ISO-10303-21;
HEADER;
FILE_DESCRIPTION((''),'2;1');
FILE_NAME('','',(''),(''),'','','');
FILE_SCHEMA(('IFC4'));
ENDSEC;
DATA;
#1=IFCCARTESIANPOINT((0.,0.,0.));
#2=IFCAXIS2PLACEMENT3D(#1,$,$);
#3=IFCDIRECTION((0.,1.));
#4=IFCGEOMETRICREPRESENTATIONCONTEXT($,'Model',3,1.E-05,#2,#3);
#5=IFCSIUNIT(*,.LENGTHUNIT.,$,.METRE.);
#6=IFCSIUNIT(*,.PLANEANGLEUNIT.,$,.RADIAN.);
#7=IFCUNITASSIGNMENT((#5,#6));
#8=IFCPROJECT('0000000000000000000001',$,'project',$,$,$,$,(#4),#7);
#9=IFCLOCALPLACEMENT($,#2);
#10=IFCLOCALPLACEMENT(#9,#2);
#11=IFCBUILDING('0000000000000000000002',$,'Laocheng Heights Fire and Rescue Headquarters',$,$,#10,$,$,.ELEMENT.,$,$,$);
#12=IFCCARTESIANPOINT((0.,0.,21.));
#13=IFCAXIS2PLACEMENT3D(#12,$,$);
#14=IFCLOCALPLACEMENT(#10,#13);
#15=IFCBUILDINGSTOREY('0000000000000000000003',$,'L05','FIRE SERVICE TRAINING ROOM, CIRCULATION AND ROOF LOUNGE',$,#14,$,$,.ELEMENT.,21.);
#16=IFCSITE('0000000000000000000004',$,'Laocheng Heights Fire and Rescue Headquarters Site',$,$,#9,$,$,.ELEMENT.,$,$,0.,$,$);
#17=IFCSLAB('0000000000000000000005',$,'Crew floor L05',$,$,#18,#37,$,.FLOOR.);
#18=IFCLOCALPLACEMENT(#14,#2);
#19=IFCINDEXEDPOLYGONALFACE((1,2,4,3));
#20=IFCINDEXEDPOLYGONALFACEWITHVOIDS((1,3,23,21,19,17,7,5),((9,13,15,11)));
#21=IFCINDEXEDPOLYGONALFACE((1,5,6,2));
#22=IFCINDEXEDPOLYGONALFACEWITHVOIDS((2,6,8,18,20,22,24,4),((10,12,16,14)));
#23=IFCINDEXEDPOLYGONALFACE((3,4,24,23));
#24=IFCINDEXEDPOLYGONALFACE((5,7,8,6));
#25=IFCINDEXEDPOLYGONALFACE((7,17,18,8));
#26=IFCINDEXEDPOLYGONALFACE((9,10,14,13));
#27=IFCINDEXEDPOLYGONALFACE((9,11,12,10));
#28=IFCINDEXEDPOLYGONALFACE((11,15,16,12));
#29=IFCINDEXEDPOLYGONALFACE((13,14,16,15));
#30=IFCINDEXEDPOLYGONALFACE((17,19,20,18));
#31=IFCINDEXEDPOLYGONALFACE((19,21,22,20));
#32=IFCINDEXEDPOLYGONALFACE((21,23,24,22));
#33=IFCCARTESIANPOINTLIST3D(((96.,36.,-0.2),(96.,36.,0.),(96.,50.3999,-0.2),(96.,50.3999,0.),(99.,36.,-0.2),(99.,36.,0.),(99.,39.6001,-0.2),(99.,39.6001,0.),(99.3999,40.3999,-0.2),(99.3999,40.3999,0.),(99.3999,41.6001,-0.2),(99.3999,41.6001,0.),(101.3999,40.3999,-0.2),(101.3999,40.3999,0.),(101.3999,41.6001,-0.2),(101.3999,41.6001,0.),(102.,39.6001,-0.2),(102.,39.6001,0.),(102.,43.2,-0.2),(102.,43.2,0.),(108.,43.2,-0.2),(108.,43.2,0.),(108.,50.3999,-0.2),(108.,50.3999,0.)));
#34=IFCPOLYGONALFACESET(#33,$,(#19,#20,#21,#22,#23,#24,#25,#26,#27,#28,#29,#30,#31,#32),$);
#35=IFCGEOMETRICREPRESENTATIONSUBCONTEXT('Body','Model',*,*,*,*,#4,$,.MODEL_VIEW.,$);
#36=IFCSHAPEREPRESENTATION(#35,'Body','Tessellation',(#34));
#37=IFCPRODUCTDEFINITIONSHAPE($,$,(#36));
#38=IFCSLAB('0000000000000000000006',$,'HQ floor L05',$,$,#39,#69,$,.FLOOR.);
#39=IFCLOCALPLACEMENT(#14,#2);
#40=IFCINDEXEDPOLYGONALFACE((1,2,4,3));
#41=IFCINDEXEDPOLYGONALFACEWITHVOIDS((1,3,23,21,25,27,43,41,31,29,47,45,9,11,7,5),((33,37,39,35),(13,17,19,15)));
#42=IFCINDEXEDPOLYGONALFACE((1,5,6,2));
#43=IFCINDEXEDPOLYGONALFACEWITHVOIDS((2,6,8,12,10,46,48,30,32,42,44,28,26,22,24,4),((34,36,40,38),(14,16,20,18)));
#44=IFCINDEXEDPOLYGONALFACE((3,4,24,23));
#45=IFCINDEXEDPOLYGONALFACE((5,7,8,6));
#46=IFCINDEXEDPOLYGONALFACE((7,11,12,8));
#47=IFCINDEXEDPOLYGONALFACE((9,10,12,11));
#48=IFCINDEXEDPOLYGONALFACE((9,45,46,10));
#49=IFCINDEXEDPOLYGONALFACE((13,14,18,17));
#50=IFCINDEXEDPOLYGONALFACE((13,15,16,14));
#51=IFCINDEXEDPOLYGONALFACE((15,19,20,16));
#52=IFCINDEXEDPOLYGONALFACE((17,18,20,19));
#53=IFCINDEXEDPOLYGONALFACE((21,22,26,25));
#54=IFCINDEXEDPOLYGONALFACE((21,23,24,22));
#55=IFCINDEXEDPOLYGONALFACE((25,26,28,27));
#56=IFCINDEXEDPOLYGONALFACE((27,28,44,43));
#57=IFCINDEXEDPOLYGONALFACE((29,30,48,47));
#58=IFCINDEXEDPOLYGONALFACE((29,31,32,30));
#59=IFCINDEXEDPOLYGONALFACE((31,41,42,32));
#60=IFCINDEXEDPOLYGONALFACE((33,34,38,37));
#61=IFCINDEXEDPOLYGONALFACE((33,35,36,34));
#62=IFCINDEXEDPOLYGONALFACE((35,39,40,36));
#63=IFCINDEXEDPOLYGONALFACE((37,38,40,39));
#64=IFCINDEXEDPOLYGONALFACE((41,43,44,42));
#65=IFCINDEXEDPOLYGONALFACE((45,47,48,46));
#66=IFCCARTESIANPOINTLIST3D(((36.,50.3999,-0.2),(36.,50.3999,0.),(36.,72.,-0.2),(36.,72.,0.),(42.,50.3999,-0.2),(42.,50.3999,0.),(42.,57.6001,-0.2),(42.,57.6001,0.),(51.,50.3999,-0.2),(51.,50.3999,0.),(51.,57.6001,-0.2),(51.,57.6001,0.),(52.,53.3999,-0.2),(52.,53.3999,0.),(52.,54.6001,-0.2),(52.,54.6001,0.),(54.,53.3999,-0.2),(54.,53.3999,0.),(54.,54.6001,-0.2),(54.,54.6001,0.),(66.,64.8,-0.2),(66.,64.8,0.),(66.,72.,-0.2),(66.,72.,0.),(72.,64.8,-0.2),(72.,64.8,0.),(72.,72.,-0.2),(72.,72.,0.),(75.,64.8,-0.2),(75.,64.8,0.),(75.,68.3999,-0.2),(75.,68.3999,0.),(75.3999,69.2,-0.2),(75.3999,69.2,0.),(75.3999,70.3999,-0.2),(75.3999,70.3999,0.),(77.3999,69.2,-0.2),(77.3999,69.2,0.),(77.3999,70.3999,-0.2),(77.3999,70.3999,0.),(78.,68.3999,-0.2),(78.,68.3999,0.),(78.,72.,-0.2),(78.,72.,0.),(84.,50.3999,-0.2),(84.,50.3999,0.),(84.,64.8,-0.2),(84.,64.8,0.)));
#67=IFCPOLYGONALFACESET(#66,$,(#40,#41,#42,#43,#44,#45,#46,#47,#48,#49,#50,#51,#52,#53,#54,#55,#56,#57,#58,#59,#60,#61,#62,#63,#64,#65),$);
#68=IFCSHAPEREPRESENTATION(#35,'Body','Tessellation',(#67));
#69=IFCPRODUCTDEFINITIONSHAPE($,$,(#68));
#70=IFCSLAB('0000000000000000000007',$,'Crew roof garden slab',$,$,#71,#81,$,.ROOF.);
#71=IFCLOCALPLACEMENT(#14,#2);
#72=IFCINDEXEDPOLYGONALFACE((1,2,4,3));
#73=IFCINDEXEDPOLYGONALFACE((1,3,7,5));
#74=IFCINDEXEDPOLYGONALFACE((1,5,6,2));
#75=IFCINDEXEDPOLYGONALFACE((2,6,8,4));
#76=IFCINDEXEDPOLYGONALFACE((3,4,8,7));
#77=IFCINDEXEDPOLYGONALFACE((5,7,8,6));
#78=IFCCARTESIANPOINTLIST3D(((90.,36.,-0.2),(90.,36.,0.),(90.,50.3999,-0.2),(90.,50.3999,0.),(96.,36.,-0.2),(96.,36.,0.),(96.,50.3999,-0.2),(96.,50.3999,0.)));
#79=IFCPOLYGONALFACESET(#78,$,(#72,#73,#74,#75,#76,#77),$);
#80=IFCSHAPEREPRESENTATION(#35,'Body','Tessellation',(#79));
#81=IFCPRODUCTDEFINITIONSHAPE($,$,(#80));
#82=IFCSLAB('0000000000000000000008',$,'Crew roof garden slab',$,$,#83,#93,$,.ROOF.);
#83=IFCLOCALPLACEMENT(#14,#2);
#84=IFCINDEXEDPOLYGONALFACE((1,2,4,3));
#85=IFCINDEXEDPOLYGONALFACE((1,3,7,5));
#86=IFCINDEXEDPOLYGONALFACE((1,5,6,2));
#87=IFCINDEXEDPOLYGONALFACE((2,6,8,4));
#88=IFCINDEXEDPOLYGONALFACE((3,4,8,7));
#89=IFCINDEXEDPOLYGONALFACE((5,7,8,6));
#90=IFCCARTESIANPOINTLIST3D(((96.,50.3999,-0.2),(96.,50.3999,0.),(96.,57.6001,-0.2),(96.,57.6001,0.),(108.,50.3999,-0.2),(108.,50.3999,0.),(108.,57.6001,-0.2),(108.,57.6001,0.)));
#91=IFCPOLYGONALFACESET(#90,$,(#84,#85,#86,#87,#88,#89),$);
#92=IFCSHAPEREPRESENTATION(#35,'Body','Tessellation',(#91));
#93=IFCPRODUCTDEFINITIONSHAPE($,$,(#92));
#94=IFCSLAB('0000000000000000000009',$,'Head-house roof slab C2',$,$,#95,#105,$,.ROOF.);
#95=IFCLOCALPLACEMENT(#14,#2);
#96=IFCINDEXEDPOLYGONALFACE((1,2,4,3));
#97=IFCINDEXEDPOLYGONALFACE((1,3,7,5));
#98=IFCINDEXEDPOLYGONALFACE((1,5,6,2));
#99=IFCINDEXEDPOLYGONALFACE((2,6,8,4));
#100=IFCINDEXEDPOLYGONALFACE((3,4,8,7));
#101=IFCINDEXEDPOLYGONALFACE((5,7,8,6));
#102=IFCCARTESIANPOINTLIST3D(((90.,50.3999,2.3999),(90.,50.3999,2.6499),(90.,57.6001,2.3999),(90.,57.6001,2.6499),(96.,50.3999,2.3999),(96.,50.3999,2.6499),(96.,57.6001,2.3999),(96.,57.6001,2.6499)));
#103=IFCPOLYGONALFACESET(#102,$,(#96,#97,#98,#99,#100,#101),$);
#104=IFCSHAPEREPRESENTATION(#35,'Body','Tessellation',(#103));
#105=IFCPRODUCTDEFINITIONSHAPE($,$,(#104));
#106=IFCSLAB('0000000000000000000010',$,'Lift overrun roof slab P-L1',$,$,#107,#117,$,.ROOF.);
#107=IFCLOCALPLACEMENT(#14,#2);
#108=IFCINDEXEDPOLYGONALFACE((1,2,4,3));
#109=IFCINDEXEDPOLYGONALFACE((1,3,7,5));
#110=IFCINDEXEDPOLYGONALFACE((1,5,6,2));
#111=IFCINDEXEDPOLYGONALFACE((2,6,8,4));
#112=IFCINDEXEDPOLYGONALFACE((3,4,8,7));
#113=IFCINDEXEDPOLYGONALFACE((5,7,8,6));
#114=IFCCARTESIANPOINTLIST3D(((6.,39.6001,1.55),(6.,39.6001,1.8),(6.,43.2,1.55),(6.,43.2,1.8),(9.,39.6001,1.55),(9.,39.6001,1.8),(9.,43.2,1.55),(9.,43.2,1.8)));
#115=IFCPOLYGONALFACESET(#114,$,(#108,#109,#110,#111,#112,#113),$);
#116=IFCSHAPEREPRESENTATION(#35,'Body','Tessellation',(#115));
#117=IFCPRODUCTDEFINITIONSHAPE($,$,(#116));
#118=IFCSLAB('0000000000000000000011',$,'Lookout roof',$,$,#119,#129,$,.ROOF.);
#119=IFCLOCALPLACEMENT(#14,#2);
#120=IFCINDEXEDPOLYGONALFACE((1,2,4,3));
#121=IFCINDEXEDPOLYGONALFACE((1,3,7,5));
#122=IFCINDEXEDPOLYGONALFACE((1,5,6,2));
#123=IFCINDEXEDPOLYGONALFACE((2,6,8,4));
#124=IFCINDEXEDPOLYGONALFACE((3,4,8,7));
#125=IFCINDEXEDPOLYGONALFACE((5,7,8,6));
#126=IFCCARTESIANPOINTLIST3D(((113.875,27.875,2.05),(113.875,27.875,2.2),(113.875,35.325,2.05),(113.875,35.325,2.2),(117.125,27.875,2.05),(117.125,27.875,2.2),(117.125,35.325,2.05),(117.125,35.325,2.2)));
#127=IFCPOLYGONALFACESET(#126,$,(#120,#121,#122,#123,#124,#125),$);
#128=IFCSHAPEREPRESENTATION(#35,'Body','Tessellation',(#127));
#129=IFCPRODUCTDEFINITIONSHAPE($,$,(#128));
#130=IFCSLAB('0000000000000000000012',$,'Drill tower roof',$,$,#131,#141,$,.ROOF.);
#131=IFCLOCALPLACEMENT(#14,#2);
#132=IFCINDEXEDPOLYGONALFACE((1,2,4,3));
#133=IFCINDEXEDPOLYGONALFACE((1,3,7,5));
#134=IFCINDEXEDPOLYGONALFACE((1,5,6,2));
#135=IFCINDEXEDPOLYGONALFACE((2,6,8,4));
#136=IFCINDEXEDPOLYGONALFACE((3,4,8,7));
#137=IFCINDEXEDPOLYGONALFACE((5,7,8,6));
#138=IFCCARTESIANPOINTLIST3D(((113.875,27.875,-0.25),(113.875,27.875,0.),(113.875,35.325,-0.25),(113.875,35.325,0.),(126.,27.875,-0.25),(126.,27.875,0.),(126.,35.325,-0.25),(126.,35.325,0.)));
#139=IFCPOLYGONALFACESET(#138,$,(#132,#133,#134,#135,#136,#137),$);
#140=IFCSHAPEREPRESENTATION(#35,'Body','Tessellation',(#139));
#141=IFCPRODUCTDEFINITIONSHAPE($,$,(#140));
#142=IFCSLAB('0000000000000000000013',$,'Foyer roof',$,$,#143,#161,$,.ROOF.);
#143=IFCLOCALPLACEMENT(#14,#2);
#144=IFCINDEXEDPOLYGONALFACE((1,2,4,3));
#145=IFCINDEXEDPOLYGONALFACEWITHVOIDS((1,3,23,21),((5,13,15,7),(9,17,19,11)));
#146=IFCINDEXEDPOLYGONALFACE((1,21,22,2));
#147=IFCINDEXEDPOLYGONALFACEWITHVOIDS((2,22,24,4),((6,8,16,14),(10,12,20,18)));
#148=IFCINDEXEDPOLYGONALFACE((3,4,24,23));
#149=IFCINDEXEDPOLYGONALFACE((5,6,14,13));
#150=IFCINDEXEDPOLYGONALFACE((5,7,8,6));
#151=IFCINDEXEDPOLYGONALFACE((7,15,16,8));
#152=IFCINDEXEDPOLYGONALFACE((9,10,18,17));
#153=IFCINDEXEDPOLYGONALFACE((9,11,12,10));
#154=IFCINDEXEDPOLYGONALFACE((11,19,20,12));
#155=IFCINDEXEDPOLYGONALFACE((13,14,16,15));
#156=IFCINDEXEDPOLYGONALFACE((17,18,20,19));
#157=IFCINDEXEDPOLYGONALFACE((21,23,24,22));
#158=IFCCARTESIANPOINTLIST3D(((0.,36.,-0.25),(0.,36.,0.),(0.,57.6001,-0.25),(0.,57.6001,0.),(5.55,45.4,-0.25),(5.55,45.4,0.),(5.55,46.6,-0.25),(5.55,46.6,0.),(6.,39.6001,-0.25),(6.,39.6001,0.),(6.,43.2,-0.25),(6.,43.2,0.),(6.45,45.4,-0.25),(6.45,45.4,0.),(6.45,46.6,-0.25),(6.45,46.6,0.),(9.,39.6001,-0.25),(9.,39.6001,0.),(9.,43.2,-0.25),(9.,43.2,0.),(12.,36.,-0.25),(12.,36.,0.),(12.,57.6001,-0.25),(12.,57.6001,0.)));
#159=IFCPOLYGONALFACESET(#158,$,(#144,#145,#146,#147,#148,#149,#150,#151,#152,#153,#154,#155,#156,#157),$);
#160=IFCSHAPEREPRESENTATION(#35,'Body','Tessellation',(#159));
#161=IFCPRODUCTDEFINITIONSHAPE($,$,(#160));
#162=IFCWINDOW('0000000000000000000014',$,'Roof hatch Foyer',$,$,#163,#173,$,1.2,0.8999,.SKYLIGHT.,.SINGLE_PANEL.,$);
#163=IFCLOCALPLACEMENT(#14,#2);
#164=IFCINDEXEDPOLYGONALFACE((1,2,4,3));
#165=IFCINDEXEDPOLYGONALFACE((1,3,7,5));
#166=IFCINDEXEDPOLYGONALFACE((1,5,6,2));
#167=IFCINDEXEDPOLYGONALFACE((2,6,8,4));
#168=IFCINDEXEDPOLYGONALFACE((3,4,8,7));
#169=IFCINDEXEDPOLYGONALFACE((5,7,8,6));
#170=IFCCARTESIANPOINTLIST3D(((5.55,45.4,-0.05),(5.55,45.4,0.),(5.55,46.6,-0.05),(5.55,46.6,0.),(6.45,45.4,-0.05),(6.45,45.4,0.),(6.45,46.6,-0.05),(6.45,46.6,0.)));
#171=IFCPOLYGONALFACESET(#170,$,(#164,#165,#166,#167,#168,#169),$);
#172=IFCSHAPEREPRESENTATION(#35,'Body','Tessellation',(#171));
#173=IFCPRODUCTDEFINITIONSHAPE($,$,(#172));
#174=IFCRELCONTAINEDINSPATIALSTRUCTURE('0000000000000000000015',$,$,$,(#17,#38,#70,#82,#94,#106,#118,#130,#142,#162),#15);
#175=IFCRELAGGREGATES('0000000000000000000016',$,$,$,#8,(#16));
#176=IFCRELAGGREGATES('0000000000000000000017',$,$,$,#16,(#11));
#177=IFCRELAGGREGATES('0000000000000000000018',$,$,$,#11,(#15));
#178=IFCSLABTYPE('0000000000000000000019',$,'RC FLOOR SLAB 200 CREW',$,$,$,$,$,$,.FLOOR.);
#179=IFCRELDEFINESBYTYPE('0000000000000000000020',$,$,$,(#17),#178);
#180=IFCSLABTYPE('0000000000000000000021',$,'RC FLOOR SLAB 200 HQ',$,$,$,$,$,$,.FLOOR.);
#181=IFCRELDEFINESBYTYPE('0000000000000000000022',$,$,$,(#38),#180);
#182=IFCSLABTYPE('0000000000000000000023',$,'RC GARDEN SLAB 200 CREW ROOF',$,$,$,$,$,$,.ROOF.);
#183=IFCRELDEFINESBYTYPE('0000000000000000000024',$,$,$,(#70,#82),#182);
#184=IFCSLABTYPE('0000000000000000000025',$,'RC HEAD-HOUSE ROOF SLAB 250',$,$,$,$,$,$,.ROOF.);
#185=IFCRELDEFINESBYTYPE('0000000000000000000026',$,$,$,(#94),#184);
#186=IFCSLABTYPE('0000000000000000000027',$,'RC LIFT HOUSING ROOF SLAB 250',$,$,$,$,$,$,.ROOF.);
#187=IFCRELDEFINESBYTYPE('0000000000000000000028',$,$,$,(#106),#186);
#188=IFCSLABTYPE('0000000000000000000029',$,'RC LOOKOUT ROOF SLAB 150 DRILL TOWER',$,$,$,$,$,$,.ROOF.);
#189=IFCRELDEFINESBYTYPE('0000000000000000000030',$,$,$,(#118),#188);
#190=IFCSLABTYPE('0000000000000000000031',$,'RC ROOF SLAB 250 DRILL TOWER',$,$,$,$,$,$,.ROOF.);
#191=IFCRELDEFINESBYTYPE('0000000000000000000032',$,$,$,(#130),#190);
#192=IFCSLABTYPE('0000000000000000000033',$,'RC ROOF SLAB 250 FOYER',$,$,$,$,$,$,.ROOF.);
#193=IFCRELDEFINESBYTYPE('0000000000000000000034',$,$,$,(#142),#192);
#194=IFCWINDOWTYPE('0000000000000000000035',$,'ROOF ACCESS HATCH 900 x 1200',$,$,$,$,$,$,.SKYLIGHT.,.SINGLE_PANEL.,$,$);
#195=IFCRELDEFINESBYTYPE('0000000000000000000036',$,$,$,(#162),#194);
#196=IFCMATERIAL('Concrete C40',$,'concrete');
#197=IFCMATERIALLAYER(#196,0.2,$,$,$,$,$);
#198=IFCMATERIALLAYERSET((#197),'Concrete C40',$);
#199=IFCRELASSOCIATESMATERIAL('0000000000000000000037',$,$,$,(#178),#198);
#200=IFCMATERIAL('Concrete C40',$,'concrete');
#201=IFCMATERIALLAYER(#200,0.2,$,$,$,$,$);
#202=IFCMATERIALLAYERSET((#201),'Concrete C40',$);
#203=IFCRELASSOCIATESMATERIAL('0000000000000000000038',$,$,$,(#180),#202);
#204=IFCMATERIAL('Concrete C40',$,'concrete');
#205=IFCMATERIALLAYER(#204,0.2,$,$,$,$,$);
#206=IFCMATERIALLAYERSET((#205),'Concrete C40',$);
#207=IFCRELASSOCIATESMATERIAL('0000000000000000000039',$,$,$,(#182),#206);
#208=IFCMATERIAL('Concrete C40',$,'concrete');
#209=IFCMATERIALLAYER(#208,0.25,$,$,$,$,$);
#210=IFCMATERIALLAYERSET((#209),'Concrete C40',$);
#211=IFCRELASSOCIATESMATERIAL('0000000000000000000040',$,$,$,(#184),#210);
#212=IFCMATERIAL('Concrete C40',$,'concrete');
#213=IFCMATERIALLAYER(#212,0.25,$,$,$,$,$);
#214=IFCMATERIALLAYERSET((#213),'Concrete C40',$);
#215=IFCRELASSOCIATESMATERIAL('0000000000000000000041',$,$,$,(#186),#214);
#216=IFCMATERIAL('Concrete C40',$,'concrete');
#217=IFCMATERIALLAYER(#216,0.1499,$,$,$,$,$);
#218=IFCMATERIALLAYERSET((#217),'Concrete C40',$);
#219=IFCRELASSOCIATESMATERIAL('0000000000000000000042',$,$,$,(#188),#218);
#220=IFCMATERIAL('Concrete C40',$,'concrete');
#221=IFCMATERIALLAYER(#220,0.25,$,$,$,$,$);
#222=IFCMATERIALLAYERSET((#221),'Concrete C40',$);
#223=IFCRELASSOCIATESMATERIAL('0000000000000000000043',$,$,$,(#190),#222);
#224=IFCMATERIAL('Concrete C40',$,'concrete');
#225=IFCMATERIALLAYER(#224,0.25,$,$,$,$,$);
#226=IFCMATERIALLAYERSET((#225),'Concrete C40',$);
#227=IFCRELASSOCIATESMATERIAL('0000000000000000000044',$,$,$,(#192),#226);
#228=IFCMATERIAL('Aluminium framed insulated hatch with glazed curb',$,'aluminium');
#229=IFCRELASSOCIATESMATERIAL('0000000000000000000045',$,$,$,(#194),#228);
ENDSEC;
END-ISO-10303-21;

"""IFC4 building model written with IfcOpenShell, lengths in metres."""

from ifc_helpers import new_model, si_unit, direction, frame, origin, origin_2d, place, context, subcontext, project, spatial, polyline, rectangle, outline, extrude, material, layer, layer_set, type_object, element, fill, save


model = new_model("IFC4")

# Units and contexts
model_context = context("Model", 3, precision=1e-05, world=origin(), true_north=direction((0.0, 1.0)))
body_context = subcontext(model_context, "Body", "Model", "MODEL_VIEW")
ifc_project = project(units=[si_unit("LENGTHUNIT", "METRE"), si_unit("PLANEANGLEUNIT", "RADIAN")], contexts=[model_context])

# Site, building, storey
site_placement = place(None, origin())
site = spatial("IfcSite", under=ifc_project, at=site_placement, Name="Laocheng Heights Fire and Rescue Headquarters Site", CompositionType="ELEMENT", RefElevation=0.0)
building_placement = place(site_placement, origin())
building = spatial("IfcBuilding", under=site, at=building_placement, Name="Laocheng Heights Fire and Rescue Headquarters", CompositionType="ELEMENT")
storey_placement = place(building_placement, frame((0.0, 0.0, 21.0)))
storey = spatial("IfcBuildingStorey", under=building, at=storey_placement, Name="L05", Description="FIRE SERVICE TRAINING ROOM, CIRCULATION AND ROOF LOUNGE", CompositionType="ELEMENT", Elevation=21.0)

# Slabs
ifc_material_1 = material(Name="Concrete C40", Category="concrete")
ifc_layer_1 = layer(ifc_material_1, 0.2)
ifc_layer_set_1 = layer_set([ifc_layer_1], Name="Concrete C40")
slab_type_1 = type_object("IfcSlabType", Name="RC FLOOR SLAB 200 CREW", PredefinedType="FLOOR", material=ifc_layer_set_1)
slab_1_placement = place(storey_placement, frame((0.0, 0.0, -0.2)))
element("IfcSlab", 1, at=slab_1_placement, inside=storey, type_object=slab_type_1, Name="Crew floor L05", PredefinedType="FLOOR", context=body_context, shape_type="SweptSolid", body=[
    extrude(outline(polyline([(108.0, 50.3999), (96.0, 50.3999), (96.0, 36.0), (99.0, 36.0), (99.0, 39.6001), (102.0, 39.6001), (102.0, 43.2), (108.0, 43.2), (108.0, 50.3999)]), holes=[polyline([(101.3999, 41.6001), (101.3999, 40.3999), (99.3999, 40.3999), (99.3999, 41.6001), (101.3999, 41.6001)])]), origin(), (0.0, 0.0, 1.0), 0.2),
])
ifc_material_2 = material(Name="Concrete C40", Category="concrete")
ifc_layer_2 = layer(ifc_material_2, 0.2)
ifc_layer_set_2 = layer_set([ifc_layer_2], Name="Concrete C40")
slab_type_2 = type_object("IfcSlabType", Name="RC FLOOR SLAB 200 HQ", PredefinedType="FLOOR", material=ifc_layer_set_2)
slab_2_placement = place(storey_placement, frame((0.0, 0.0, -0.2)))
element("IfcSlab", 2, at=slab_2_placement, inside=storey, type_object=slab_type_2, Name="HQ floor L05", PredefinedType="FLOOR", context=body_context, shape_type="SweptSolid", body=[
    extrude(outline(polyline([(84.0, 50.3999), (84.0, 64.8), (75.0, 64.8), (75.0, 68.3999), (78.0, 68.3999), (78.0, 72.0), (72.0, 72.0), (72.0, 64.8), (66.0, 64.8), (66.0, 72.0), (36.0, 72.0), (36.0, 50.3999), (42.0, 50.3999), (42.0, 57.6001), (51.0, 57.6001), (51.0, 50.3999), (84.0, 50.3999)]), holes=[polyline([(54.0, 54.6001), (54.0, 53.3999), (52.0, 53.3999), (52.0, 54.6001), (54.0, 54.6001)]), polyline([(77.3999, 70.3999), (77.3999, 69.2), (75.3999, 69.2), (75.3999, 70.3999), (77.3999, 70.3999)])]), origin(), (0.0, 0.0, 1.0), 0.2),
])
ifc_material_3 = material(Name="Concrete C40", Category="concrete")
ifc_layer_3 = layer(ifc_material_3, 0.2)
ifc_layer_set_3 = layer_set([ifc_layer_3], Name="Concrete C40")
slab_type_3 = type_object("IfcSlabType", Name="RC GARDEN SLAB 200 CREW ROOF", PredefinedType="ROOF", material=ifc_layer_set_3)
slab_3_placement = place(storey_placement, frame((0.0, 0.0, -0.2)))
element("IfcSlab", 3, at=slab_3_placement, inside=storey, type_object=slab_type_3, Name="Crew roof garden slab", PredefinedType="ROOF", context=body_context, shape_type="SweptSolid", body=[
    extrude(outline(polyline([(90.0, 36.0), (96.0, 36.0), (96.0, 50.3999), (90.0, 50.3999), (90.0, 36.0)])), origin(), (0.0, 0.0, 1.0), 0.2),
])
slab_4_placement = place(storey_placement, frame((0.0, 0.0, -0.2)))
element("IfcSlab", 4, at=slab_4_placement, inside=storey, type_object=slab_type_3, Name="Crew roof garden slab", PredefinedType="ROOF", context=body_context, shape_type="SweptSolid", body=[
    extrude(outline(polyline([(108.0, 57.6001), (96.0, 57.6001), (96.0, 50.3999), (108.0, 50.3999), (108.0, 57.6001)])), origin(), (0.0, 0.0, 1.0), 0.2),
])
ifc_material_4 = material(Name="Concrete C40", Category="concrete")
ifc_layer_4 = layer(ifc_material_4, 0.25)
ifc_layer_set_4 = layer_set([ifc_layer_4], Name="Concrete C40")
slab_type_4 = type_object("IfcSlabType", Name="RC HEAD-HOUSE ROOF SLAB 250", PredefinedType="ROOF", material=ifc_layer_set_4)
slab_5_placement = place(storey_placement, frame((0.0, 0.0, 2.3999)))
element("IfcSlab", 5, at=slab_5_placement, inside=storey, type_object=slab_type_4, Name="Head-house roof slab C2", PredefinedType="ROOF", context=body_context, shape_type="SweptSolid", body=[
    extrude(outline(polyline([(90.0, 50.3999), (96.0, 50.3999), (96.0, 57.6001), (90.0, 57.6001), (90.0, 50.3999)])), origin(), (0.0, 0.0, 1.0), 0.25),
])
ifc_material_5 = material(Name="Concrete C40", Category="concrete")
ifc_layer_5 = layer(ifc_material_5, 0.25)
ifc_layer_set_5 = layer_set([ifc_layer_5], Name="Concrete C40")
slab_type_5 = type_object("IfcSlabType", Name="RC LIFT HOUSING ROOF SLAB 250", PredefinedType="ROOF", material=ifc_layer_set_5)
slab_6_placement = place(storey_placement, frame((0.0, 0.0, 1.55)))
element("IfcSlab", 6, at=slab_6_placement, inside=storey, type_object=slab_type_5, Name="Lift overrun roof slab P-L1", PredefinedType="ROOF", context=body_context, shape_type="SweptSolid", body=[
    extrude(outline(polyline([(6.0, 39.6001), (9.0, 39.6001), (9.0, 43.2), (6.0, 43.2), (6.0, 39.6001)])), origin(), (0.0, 0.0, 1.0), 0.25),
])
ifc_material_6 = material(Name="Concrete C40", Category="concrete")
ifc_layer_6 = layer(ifc_material_6, 0.1499)
ifc_layer_set_6 = layer_set([ifc_layer_6], Name="Concrete C40")
slab_type_6 = type_object("IfcSlabType", Name="RC LOOKOUT ROOF SLAB 150 DRILL TOWER", PredefinedType="ROOF", material=ifc_layer_set_6)
slab_7_placement = place(storey_placement, frame((0.0, 0.0, 2.05)))
element("IfcSlab", 7, at=slab_7_placement, inside=storey, type_object=slab_type_6, Name="Lookout roof", PredefinedType="ROOF", context=body_context, shape_type="SweptSolid", body=[
    extrude(outline(polyline([(117.125, 27.875), (117.125, 35.325), (113.875, 35.325), (113.875, 27.875), (117.125, 27.875)])), origin(), (0.0, 0.0, 1.0), 0.1499),
])
ifc_material_7 = material(Name="Concrete C40", Category="concrete")
ifc_layer_7 = layer(ifc_material_7, 0.25)
ifc_layer_set_7 = layer_set([ifc_layer_7], Name="Concrete C40")
slab_type_7 = type_object("IfcSlabType", Name="RC ROOF SLAB 250 DRILL TOWER", PredefinedType="ROOF", material=ifc_layer_set_7)
slab_8_placement = place(storey_placement, frame((0.0, 0.0, -0.25)))
element("IfcSlab", 8, at=slab_8_placement, inside=storey, type_object=slab_type_7, Name="Drill tower roof", PredefinedType="ROOF", context=body_context, shape_type="SweptSolid", body=[
    extrude(outline(polyline([(126.0, 27.875), (126.0, 35.325), (113.875, 35.325), (113.875, 27.875), (126.0, 27.875)])), origin(), (0.0, 0.0, 1.0), 0.25),
])

# Slab, opening, window
ifc_material_8 = material(Name="Concrete C40", Category="concrete")
ifc_layer_8 = layer(ifc_material_8, 0.25)
ifc_layer_set_8 = layer_set([ifc_layer_8], Name="Concrete C40")
slab_type_8 = type_object("IfcSlabType", Name="RC ROOF SLAB 250 FOYER", PredefinedType="ROOF", material=ifc_layer_set_8)
slab_9_placement = place(storey_placement, frame((0.0, 0.0, -0.25)))
slab_9 = element("IfcSlab", 9, at=slab_9_placement, inside=storey, type_object=slab_type_8, Name="Foyer roof", PredefinedType="ROOF", context=body_context, shape_type="SweptSolid", body=[
    extrude(outline(polyline([(0.0, 36.0), (12.0, 36.0), (12.0, 57.6001), (0.0, 57.6001), (0.0, 36.0)]), holes=[polyline([(9.0, 43.2), (9.0, 39.6001), (6.0, 39.6001), (6.0, 43.2), (9.0, 43.2)])]), origin(), (0.0, 0.0, 1.0), 0.25),
])
opening_placement = place(slab_9_placement, frame((6.0, 46.0, 0.0)))
opening = element("IfcOpeningElement", 10, at=opening_placement, cuts=slab_9, PredefinedType="OPENING", context=body_context, shape_type="SweptSolid", body=[
    extrude(rectangle(XDim=0.8999, YDim=1.2, at=origin_2d()), origin(), (0.0, 0.0, 1.0), 0.25),
])
ifc_material_9 = material(Name="Aluminium framed insulated hatch with glazed curb", Category="aluminium")
window_type = type_object("IfcWindowType", Name="ROOF ACCESS HATCH 900 x 1200", PartitioningType="SINGLE_PANEL", PredefinedType="SKYLIGHT", material=ifc_material_9)
window_placement = place(opening_placement, frame((0.0, 0.0, 0.2)))
window = element("IfcWindow", 11, at=window_placement, inside=storey, type_object=window_type, Name="Roof hatch Foyer", OverallHeight=1.2, OverallWidth=0.8999, PartitioningType="SINGLE_PANEL", PredefinedType="SKYLIGHT", context=body_context, shape_type="SweptSolid", body=[
    extrude(rectangle(XDim=0.8999, YDim=1.2, at=origin_2d()), origin(), (0.0, 0.0, 1.0), 0.05),
])
fill(opening, window)

save(model, "model.ifc")
